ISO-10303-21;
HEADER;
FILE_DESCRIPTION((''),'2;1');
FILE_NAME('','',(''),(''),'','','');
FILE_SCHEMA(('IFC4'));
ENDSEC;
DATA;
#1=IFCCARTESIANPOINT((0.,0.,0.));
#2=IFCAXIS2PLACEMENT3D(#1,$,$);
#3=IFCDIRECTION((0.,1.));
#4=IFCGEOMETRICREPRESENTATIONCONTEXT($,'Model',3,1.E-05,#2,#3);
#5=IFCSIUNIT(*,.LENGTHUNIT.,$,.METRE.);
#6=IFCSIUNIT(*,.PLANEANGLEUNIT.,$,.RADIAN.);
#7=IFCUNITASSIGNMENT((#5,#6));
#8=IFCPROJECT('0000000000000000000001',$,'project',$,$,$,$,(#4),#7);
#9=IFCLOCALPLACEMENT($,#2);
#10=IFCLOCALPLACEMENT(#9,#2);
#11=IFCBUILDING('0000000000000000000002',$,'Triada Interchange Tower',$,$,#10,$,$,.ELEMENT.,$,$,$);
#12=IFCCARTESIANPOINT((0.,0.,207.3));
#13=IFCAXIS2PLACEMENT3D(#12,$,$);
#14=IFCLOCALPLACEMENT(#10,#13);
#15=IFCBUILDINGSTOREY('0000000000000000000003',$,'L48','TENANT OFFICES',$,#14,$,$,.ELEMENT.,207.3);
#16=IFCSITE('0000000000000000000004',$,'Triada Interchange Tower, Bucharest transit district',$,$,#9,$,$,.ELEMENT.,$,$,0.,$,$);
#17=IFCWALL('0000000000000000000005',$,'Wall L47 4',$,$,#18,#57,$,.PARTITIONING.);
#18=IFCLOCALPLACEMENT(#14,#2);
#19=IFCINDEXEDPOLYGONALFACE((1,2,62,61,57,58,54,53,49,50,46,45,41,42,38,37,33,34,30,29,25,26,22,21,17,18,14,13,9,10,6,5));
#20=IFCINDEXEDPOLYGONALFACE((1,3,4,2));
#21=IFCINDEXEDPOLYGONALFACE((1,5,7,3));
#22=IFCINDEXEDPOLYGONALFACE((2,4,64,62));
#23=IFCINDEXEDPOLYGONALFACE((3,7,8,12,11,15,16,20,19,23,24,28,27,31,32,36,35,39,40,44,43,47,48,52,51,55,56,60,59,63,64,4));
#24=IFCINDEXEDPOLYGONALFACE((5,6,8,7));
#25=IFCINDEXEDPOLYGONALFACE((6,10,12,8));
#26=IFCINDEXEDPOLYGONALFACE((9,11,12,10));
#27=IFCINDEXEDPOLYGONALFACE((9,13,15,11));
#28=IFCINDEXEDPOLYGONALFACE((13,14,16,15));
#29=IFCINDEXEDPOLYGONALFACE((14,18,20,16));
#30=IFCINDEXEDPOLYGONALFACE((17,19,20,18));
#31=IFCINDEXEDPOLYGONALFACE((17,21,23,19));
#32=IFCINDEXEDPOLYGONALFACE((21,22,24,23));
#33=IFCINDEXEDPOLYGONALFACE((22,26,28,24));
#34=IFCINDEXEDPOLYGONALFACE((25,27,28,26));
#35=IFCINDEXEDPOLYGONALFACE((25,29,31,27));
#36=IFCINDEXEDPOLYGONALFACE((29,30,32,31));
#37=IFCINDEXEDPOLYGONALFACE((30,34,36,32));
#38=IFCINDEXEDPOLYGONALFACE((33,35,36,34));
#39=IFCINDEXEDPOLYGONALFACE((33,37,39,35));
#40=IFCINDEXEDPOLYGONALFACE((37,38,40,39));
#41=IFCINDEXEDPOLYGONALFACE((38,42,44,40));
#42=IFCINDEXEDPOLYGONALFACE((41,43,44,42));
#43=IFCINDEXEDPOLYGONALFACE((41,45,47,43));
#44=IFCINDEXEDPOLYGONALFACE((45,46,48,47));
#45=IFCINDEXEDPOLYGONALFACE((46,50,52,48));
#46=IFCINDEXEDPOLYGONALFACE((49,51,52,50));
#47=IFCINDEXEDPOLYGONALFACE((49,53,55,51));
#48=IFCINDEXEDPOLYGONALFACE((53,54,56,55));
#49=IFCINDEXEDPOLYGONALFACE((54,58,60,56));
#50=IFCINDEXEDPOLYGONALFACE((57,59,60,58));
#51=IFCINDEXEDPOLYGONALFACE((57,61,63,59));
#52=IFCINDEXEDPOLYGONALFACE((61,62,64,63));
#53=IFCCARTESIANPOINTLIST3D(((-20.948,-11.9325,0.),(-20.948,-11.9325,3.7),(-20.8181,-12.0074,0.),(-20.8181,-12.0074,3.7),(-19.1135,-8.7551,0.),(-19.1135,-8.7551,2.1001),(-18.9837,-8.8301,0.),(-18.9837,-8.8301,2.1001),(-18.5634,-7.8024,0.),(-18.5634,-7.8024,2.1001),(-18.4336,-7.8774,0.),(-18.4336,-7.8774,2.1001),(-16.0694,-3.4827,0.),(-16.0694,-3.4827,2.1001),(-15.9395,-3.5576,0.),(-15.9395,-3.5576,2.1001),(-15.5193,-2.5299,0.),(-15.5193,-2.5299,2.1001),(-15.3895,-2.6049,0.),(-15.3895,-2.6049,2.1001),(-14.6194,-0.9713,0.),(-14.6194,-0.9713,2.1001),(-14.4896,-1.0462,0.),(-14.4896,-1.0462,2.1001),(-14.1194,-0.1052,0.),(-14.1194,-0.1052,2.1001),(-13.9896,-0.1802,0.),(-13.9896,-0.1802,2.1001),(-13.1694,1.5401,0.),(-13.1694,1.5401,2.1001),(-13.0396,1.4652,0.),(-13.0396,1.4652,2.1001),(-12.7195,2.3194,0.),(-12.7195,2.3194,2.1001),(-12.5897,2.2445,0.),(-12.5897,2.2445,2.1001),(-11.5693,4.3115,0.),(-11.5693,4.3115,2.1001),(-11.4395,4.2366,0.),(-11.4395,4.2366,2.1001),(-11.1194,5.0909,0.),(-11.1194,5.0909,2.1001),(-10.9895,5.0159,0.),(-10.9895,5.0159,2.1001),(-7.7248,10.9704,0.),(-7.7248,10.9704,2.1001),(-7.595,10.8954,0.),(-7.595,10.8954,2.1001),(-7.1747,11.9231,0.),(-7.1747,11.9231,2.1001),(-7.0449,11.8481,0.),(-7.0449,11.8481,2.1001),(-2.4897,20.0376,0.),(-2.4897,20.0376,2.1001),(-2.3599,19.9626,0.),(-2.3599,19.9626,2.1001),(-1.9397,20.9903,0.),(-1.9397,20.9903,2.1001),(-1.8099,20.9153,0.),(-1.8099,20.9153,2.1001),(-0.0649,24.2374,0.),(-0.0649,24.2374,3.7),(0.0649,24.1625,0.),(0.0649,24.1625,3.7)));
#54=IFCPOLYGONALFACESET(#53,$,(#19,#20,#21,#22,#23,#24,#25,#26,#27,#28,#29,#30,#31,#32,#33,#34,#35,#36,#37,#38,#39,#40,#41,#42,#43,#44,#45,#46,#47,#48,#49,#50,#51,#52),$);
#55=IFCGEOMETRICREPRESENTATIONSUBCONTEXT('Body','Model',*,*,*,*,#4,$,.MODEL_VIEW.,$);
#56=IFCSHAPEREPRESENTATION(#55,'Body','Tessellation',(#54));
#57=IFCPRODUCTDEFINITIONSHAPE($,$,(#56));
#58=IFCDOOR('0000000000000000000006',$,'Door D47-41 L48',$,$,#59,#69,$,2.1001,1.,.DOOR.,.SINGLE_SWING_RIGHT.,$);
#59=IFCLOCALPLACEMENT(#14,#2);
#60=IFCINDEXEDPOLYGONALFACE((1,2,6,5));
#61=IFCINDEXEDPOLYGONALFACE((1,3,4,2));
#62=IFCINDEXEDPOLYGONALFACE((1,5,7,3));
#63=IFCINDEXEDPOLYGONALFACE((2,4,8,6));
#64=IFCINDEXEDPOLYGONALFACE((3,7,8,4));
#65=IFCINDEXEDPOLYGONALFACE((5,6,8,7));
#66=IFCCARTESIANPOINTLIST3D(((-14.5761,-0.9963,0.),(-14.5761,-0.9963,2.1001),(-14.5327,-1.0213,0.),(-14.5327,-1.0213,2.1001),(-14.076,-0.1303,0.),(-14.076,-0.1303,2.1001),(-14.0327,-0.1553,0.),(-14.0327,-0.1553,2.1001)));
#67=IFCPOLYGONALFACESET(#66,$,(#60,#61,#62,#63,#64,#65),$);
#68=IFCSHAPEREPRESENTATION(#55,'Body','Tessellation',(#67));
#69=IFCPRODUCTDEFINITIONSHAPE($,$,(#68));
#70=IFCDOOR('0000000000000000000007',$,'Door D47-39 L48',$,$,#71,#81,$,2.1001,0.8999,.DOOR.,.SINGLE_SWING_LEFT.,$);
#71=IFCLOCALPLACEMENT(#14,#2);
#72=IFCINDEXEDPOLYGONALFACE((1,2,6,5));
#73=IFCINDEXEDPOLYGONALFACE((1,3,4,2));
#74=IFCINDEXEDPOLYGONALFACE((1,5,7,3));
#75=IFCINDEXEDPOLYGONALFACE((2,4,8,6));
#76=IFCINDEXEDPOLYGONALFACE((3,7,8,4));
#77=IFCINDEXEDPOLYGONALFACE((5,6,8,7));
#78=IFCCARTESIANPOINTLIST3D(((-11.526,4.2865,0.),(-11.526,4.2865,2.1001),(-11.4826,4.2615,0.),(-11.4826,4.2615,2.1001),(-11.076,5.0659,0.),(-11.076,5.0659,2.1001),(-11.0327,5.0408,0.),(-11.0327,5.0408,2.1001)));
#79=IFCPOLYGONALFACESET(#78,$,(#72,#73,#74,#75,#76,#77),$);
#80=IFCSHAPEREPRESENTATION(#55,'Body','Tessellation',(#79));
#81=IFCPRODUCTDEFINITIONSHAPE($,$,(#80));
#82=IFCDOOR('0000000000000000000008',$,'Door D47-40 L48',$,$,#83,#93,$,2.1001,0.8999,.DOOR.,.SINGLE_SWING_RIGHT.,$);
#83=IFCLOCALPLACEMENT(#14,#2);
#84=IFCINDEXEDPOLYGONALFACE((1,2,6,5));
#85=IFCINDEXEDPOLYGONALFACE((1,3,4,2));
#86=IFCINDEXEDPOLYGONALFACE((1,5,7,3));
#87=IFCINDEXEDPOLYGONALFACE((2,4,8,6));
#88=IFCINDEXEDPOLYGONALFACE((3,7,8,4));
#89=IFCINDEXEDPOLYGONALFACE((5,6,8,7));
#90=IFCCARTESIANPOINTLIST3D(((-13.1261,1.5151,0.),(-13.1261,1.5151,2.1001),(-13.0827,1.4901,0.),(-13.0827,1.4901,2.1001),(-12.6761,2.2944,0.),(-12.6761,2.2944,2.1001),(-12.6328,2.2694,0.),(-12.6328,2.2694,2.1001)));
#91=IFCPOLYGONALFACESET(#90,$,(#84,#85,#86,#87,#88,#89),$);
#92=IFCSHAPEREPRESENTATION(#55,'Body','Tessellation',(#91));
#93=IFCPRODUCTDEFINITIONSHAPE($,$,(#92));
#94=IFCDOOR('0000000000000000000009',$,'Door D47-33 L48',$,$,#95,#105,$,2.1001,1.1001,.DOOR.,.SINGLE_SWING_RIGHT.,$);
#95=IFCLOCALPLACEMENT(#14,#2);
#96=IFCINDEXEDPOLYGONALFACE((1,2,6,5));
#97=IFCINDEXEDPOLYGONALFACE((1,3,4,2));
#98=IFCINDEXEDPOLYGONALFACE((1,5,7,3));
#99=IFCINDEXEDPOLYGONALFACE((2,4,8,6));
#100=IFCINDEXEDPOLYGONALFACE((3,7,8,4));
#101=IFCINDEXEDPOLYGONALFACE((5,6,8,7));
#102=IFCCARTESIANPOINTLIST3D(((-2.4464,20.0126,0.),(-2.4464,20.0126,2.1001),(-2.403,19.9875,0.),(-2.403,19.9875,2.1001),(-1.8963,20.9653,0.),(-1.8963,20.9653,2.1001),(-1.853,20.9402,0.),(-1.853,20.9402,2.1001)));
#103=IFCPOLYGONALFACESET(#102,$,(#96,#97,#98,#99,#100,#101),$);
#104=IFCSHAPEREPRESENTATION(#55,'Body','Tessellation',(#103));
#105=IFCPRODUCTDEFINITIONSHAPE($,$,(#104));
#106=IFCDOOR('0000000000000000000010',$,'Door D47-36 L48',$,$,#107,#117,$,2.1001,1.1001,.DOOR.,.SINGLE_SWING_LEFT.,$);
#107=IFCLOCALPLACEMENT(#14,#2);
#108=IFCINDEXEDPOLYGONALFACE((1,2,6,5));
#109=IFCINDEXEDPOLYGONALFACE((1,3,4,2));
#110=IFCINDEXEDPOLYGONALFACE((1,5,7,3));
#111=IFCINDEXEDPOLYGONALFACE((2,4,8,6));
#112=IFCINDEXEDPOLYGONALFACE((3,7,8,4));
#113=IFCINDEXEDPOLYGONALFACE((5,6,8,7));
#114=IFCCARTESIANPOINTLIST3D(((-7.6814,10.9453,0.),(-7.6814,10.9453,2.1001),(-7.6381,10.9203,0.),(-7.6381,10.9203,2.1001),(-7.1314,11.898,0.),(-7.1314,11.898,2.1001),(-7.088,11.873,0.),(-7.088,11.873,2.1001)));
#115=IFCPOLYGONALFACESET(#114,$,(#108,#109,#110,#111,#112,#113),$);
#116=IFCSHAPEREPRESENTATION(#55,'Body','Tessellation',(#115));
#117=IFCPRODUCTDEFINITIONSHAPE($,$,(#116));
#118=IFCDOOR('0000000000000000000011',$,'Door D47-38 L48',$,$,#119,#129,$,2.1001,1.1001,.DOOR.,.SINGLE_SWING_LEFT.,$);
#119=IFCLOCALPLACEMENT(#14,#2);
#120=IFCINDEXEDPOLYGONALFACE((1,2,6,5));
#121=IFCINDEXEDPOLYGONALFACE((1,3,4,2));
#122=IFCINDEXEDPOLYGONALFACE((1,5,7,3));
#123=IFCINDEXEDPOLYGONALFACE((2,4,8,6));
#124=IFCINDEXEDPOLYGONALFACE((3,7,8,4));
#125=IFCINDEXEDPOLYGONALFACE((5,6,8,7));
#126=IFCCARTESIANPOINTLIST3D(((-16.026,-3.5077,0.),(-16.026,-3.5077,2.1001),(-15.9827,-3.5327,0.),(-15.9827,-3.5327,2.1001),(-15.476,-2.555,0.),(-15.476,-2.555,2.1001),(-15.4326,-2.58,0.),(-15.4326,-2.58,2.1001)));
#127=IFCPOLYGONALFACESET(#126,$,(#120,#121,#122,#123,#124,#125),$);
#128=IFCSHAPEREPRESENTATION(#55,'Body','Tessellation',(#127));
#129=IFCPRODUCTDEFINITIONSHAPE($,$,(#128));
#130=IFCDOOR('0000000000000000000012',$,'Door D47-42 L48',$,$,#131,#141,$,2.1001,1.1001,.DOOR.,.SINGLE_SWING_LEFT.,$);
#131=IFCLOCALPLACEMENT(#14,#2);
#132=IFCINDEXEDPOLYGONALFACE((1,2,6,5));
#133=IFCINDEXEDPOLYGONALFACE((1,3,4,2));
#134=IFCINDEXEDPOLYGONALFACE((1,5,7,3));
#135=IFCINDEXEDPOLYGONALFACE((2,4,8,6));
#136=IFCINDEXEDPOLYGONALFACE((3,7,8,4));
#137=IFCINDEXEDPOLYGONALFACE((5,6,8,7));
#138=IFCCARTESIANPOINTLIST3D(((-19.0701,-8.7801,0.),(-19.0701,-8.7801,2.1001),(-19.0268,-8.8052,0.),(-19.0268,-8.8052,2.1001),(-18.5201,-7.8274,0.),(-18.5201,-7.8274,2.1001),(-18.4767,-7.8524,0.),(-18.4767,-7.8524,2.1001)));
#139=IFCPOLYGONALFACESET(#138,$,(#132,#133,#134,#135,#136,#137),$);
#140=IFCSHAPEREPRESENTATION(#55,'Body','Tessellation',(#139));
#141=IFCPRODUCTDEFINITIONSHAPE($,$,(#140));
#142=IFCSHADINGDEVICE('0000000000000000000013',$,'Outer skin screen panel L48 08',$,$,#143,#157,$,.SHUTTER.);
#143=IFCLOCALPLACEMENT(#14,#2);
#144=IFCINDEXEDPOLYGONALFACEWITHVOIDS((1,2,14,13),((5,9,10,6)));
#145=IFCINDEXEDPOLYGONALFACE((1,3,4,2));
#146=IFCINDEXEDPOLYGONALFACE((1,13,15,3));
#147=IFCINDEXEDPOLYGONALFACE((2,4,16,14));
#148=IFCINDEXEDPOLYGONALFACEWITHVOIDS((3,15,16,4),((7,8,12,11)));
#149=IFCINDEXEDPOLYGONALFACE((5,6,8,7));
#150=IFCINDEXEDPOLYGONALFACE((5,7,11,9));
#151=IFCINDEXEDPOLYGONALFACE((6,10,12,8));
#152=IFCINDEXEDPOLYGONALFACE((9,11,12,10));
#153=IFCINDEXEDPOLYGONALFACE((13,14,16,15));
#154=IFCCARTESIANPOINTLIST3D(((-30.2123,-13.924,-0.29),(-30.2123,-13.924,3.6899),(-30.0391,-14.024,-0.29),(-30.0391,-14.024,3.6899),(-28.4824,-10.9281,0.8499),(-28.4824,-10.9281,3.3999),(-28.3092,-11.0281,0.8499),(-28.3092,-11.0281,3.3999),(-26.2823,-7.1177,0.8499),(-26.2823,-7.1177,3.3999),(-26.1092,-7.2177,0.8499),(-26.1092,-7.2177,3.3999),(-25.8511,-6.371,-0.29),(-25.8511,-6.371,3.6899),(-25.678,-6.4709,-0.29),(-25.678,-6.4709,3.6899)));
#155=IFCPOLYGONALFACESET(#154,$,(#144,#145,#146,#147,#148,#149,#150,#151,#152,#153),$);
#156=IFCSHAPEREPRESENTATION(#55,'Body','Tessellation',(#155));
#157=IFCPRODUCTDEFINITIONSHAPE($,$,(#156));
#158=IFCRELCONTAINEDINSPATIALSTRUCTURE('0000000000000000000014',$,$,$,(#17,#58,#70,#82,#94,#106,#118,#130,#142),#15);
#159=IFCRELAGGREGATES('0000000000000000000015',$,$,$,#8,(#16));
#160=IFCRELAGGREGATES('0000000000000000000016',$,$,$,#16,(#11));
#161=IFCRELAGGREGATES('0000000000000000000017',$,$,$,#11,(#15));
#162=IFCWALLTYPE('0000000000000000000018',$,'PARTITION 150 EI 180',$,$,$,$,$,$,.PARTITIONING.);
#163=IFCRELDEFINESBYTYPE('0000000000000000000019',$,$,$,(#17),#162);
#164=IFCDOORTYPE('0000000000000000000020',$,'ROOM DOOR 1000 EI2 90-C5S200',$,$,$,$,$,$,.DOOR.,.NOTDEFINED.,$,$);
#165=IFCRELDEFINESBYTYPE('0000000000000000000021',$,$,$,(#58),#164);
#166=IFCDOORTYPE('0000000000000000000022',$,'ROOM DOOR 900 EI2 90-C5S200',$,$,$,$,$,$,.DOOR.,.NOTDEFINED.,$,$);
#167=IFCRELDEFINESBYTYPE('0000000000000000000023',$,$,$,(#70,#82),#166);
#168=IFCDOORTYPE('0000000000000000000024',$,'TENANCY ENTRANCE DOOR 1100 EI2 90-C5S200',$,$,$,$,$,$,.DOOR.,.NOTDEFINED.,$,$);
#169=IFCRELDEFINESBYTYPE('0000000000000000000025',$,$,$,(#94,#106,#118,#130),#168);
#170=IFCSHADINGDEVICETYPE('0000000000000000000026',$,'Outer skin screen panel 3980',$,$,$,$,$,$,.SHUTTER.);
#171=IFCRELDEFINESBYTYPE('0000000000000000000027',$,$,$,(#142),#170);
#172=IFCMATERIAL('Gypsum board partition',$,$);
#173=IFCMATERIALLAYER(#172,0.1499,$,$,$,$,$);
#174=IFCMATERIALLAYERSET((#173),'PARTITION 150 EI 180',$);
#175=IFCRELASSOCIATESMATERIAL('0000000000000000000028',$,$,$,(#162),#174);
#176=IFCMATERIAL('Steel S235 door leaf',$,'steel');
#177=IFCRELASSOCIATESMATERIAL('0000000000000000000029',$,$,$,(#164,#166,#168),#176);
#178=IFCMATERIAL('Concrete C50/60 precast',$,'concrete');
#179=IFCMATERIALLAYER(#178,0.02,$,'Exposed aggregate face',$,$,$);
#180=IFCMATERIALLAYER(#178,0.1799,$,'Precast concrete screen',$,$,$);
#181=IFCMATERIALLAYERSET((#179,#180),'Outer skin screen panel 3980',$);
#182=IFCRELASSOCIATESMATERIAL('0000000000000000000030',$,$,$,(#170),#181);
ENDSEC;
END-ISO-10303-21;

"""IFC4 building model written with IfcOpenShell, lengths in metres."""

from ifc_helpers import new_model, si_unit, direction, frame, frame_2d, origin, place, context, subcontext, project, spatial, polyline, rectangle, outline, extrude, material, layer, layer_set, type_object, element, fill, save


model = new_model("IFC4")

# Units and contexts
model_context = context("Model", 3, precision=1e-05, world=origin(), true_north=direction((0.0, 1.0)))
body_context = subcontext(model_context, "Body", "Model", "MODEL_VIEW")
ifc_project = project(units=[si_unit("LENGTHUNIT", "METRE"), si_unit("PLANEANGLEUNIT", "RADIAN")], contexts=[model_context])

# Site, building, storey
site_placement = place(None, origin())
site = spatial("IfcSite", under=ifc_project, at=site_placement, Name="Triada Interchange Tower, Bucharest transit district", CompositionType="ELEMENT", RefElevation=0.0)
building_placement = place(site_placement, origin())
building = spatial("IfcBuilding", under=site, at=building_placement, Name="Triada Interchange Tower", CompositionType="ELEMENT")
storey_placement = place(building_placement, frame((0.0, 0.0, 207.3)))
storey = spatial("IfcBuildingStorey", under=building, at=storey_placement, Name="L48", Description="TENANT OFFICES", CompositionType="ELEMENT", Elevation=207.3)

# Wall, openings, doors
ifc_material_1 = material(Name="Gypsum board partition")
ifc_layer_1 = layer(ifc_material_1, 0.1499)
ifc_layer_set_1 = layer_set([ifc_layer_1], Name="PARTITION 150 EI 180")
wall_type = type_object("IfcWallType", Name="PARTITION 150 EI 180", PredefinedType="PARTITIONING", material=ifc_layer_set_1)
wall_placement = place(storey_placement, frame((-20.8831, -11.97, 0.0), z_axis=(0.0, 0.0, 1.0), x_axis=(0.500006, 0.866022, 0.0)))
wall = element("IfcWall", 1, at=wall_placement, inside=storey, type_object=wall_type, Name="Wall L47 4", PredefinedType="PARTITIONING", context=body_context, shape_type="SweptSolid", body=[
    extrude(rectangle(XDim=41.7656, YDim=0.1499, at=frame_2d((20.8828, 0.0))), origin(), (0.0, 0.0, 1.0), 3.7),
])
opening_1_placement = place(wall_placement, frame((36.916, 0.0, 0.0)))
opening_1 = element("IfcOpeningElement", 2, at=opening_1_placement, cuts=wall, PredefinedType="OPENING", context=body_context, shape_type="SweptSolid", body=[
    extrude(rectangle(XDim=1.1001, YDim=2.1001, at=frame_2d((0.55, 1.05))), frame((0.0, 0.085, 0.0), z_axis=(0.0, -1.0, 0.0), x_axis=(1.0, 0.0, 0.0)), (0.0, 0.0, 1.0), 0.1699),
])
opening_2_placement = place(wall_placement, frame((26.446, 0.0, 0.0)))
opening_2 = element("IfcOpeningElement", 3, at=opening_2_placement, cuts=wall, PredefinedType="OPENING", context=body_context, shape_type="SweptSolid", body=[
    extrude(rectangle(XDim=1.1001, YDim=2.1001, at=frame_2d((0.55, 1.05))), frame((0.0, 0.085, 0.0), z_axis=(0.0, -1.0, 0.0), x_axis=(1.0, 0.0, 0.0)), (0.0, 0.0, 1.0), 0.1699),
])
opening_3_placement = place(wall_placement, frame((9.7571, 0.0, 0.0)))
opening_3 = element("IfcOpeningElement", 4, at=opening_3_placement, cuts=wall, PredefinedType="OPENING", context=body_context, shape_type="SweptSolid", body=[
    extrude(rectangle(XDim=1.1001, YDim=2.1001, at=frame_2d((0.55, 1.05))), frame((0.0, 0.085, 0.0), z_axis=(0.0, -1.0, 0.0), x_axis=(1.0, 0.0, 0.0)), (0.0, 0.0, 1.0), 0.1699),
])
opening_4_placement = place(wall_placement, frame((18.7571, 0.0, 0.0)))
opening_4 = element("IfcOpeningElement", 5, at=opening_4_placement, cuts=wall, PredefinedType="OPENING", context=body_context, shape_type="SweptSolid", body=[
    extrude(rectangle(XDim=0.8999, YDim=2.1001, at=frame_2d((0.45, 1.05))), frame((0.0, 0.085, 0.0), z_axis=(0.0, -1.0, 0.0), x_axis=(1.0, 0.0, 0.0)), (0.0, 0.0, 1.0), 0.1699),
])
opening_5_placement = place(wall_placement, frame((15.5569, 0.0, 0.0)))
opening_5 = element("IfcOpeningElement", 6, at=opening_5_placement, cuts=wall, PredefinedType="OPENING", context=body_context, shape_type="SweptSolid", body=[
    extrude(rectangle(XDim=0.8999, YDim=2.1001, at=frame_2d((0.45, 1.05))), frame((0.0, 0.085, 0.0), z_axis=(0.0, -1.0, 0.0), x_axis=(1.0, 0.0, 0.0)), (0.0, 0.0, 1.0), 0.1699),
])
opening_6_placement = place(wall_placement, frame((12.657, 0.0, 0.0)))
opening_6 = element("IfcOpeningElement", 7, at=opening_6_placement, cuts=wall, PredefinedType="OPENING", context=body_context, shape_type="SweptSolid", body=[
    extrude(rectangle(XDim=1.0, YDim=2.1001, at=frame_2d((0.5, 1.05))), frame((0.0, 0.085, 0.0), z_axis=(0.0, -1.0, 0.0), x_axis=(1.0, 0.0, 0.0)), (0.0, 0.0, 1.0), 0.1699),
])
opening_7_placement = place(wall_placement, frame((3.6689, 0.0, 0.0)))
opening_7 = element("IfcOpeningElement", 8, at=opening_7_placement, cuts=wall, PredefinedType="OPENING", context=body_context, shape_type="SweptSolid", body=[
    extrude(rectangle(XDim=1.1001, YDim=2.1001, at=frame_2d((0.55, 1.05))), frame((0.0, 0.085, 0.0), z_axis=(0.0, -1.0, 0.0), x_axis=(1.0, 0.0, 0.0)), (0.0, 0.0, 1.0), 0.1699),
])
ifc_material_2 = material(Name="Steel S235 door leaf", Category="steel")
door_type_1 = type_object("IfcDoorType", Name="ROOM DOOR 1000 EI2 90-C5S200", OperationType="NOTDEFINED", PredefinedType="DOOR", material=ifc_material_2)
door_1_placement = place(opening_6_placement, origin())
door_1 = element("IfcDoor", 9, at=door_1_placement, inside=storey, type_object=door_type_1, Name="Door D47-41 L48", OperationType="SINGLE_SWING_RIGHT", OverallHeight=2.1001, OverallWidth=1.0, PredefinedType="DOOR", context=body_context, shape_type="SweptSolid", body=[
    extrude(rectangle(XDim=1.0, YDim=2.1001, at=frame_2d((0.5, 1.05))), frame((0.0, 0.0249, 0.0), z_axis=(0.0, -1.0, 0.0), x_axis=(1.0, 0.0, 0.0)), (0.0, 0.0, 1.0), 0.05),
])
fill(opening_6, door_1)
door_type_2 = type_object("IfcDoorType", Name="ROOM DOOR 900 EI2 90-C5S200", OperationType="NOTDEFINED", PredefinedType="DOOR", material=ifc_material_2)
door_2_placement = place(opening_4_placement, origin())
door_2 = element("IfcDoor", 10, at=door_2_placement, inside=storey, type_object=door_type_2, Name="Door D47-39 L48", OperationType="SINGLE_SWING_LEFT", OverallHeight=2.1001, OverallWidth=0.8999, PredefinedType="DOOR", context=body_context, shape_type="SweptSolid", body=[
    extrude(rectangle(XDim=0.8999, YDim=2.1001, at=frame_2d((0.45, 1.05))), frame((0.0, 0.0249, 0.0), z_axis=(0.0, -1.0, 0.0), x_axis=(1.0, 0.0, 0.0)), (0.0, 0.0, 1.0), 0.05),
])
fill(opening_4, door_2)
door_3_placement = place(opening_5_placement, origin())
door_3 = element("IfcDoor", 11, at=door_3_placement, inside=storey, type_object=door_type_2, Name="Door D47-40 L48", OperationType="SINGLE_SWING_RIGHT", OverallHeight=2.1001, OverallWidth=0.8999, PredefinedType="DOOR", context=body_context, shape_type="SweptSolid", body=[
    extrude(rectangle(XDim=0.8999, YDim=2.1001, at=frame_2d((0.45, 1.05))), frame((0.0, 0.0249, 0.0), z_axis=(0.0, -1.0, 0.0), x_axis=(1.0, 0.0, 0.0)), (0.0, 0.0, 1.0), 0.05),
])
fill(opening_5, door_3)
door_type_3 = type_object("IfcDoorType", Name="TENANCY ENTRANCE DOOR 1100 EI2 90-C5S200", OperationType="NOTDEFINED", PredefinedType="DOOR", material=ifc_material_2)
door_4_placement = place(opening_1_placement, origin())
door_4 = element("IfcDoor", 12, at=door_4_placement, inside=storey, type_object=door_type_3, Name="Door D47-33 L48", OperationType="SINGLE_SWING_RIGHT", OverallHeight=2.1001, OverallWidth=1.1001, PredefinedType="DOOR", context=body_context, shape_type="SweptSolid", body=[
    extrude(rectangle(XDim=1.1001, YDim=2.1001, at=frame_2d((0.55, 1.05))), frame((0.0, 0.0249, 0.0), z_axis=(0.0, -1.0, 0.0), x_axis=(1.0, 0.0, 0.0)), (0.0, 0.0, 1.0), 0.05),
])
fill(opening_1, door_4)
door_5_placement = place(opening_2_placement, origin())
door_5 = element("IfcDoor", 13, at=door_5_placement, inside=storey, type_object=door_type_3, Name="Door D47-36 L48", OperationType="SINGLE_SWING_LEFT", OverallHeight=2.1001, OverallWidth=1.1001, PredefinedType="DOOR", context=body_context, shape_type="SweptSolid", body=[
    extrude(rectangle(XDim=1.1001, YDim=2.1001, at=frame_2d((0.55, 1.05))), frame((0.0, 0.0249, 0.0), z_axis=(0.0, -1.0, 0.0), x_axis=(1.0, 0.0, 0.0)), (0.0, 0.0, 1.0), 0.05),
])
fill(opening_2, door_5)
door_6_placement = place(opening_3_placement, origin())
door_6 = element("IfcDoor", 14, at=door_6_placement, inside=storey, type_object=door_type_3, Name="Door D47-38 L48", OperationType="SINGLE_SWING_LEFT", OverallHeight=2.1001, OverallWidth=1.1001, PredefinedType="DOOR", context=body_context, shape_type="SweptSolid", body=[
    extrude(rectangle(XDim=1.1001, YDim=2.1001, at=frame_2d((0.55, 1.05))), frame((0.0, 0.0249, 0.0), z_axis=(0.0, -1.0, 0.0), x_axis=(1.0, 0.0, 0.0)), (0.0, 0.0, 1.0), 0.05),
])
fill(opening_3, door_6)
door_7_placement = place(opening_7_placement, origin())
door_7 = element("IfcDoor", 15, at=door_7_placement, inside=storey, type_object=door_type_3, Name="Door D47-42 L48", OperationType="SINGLE_SWING_LEFT", OverallHeight=2.1001, OverallWidth=1.1001, PredefinedType="DOOR", context=body_context, shape_type="SweptSolid", body=[
    extrude(rectangle(XDim=1.1001, YDim=2.1001, at=frame_2d((0.55, 1.05))), frame((0.0, 0.0249, 0.0), z_axis=(0.0, -1.0, 0.0), x_axis=(1.0, 0.0, 0.0)), (0.0, 0.0, 1.0), 0.05),
])
fill(opening_7, door_7)

# Shading device
ifc_material_3 = material(Name="Concrete C50/60 precast", Category="concrete")
ifc_layer_2 = layer(ifc_material_3, 0.02, Name="Exposed aggregate face")
ifc_layer_3 = layer(ifc_material_3, 0.1799, Name="Precast concrete screen")
ifc_layer_set_2 = layer_set([ifc_layer_2, ifc_layer_3], Name="Outer skin screen panel 3980")
shading_device_type = type_object("IfcShadingDeviceType", Name="Outer skin screen panel 3980", PredefinedType="SHUTTER", material=ifc_layer_set_2)
shading_device_placement = place(storey_placement, frame((-25.678, -6.4709, -0.29), z_axis=(0.0, 0.0, 1.0), x_axis=(-0.500032, -0.866007, 0.0)))
element("IfcShadingDevice", 16, at=shading_device_placement, inside=storey, type_object=shading_device_type, Name="Outer skin screen panel L48 08", PredefinedType="SHUTTER", context=body_context, shape_type="SweptSolid", body=[
    extrude(outline(polyline([(0.0, 0.0), (8.7217, 0.0), (8.7217, 3.98), (0.0, 3.98), (0.0, 0.0)]), holes=[polyline([(0.8623, 1.1399), (0.8623, 3.6899), (5.2622, 3.6899), (5.2622, 1.1399), (0.8623, 1.1399)])]), frame((0.0, 0.0, 0.0), z_axis=(0.0, -1.0, 0.0), x_axis=(1.0, 0.0, 0.0)), (0.0, 0.0, 1.0), 0.2),
])

save(model, "model.ifc")
